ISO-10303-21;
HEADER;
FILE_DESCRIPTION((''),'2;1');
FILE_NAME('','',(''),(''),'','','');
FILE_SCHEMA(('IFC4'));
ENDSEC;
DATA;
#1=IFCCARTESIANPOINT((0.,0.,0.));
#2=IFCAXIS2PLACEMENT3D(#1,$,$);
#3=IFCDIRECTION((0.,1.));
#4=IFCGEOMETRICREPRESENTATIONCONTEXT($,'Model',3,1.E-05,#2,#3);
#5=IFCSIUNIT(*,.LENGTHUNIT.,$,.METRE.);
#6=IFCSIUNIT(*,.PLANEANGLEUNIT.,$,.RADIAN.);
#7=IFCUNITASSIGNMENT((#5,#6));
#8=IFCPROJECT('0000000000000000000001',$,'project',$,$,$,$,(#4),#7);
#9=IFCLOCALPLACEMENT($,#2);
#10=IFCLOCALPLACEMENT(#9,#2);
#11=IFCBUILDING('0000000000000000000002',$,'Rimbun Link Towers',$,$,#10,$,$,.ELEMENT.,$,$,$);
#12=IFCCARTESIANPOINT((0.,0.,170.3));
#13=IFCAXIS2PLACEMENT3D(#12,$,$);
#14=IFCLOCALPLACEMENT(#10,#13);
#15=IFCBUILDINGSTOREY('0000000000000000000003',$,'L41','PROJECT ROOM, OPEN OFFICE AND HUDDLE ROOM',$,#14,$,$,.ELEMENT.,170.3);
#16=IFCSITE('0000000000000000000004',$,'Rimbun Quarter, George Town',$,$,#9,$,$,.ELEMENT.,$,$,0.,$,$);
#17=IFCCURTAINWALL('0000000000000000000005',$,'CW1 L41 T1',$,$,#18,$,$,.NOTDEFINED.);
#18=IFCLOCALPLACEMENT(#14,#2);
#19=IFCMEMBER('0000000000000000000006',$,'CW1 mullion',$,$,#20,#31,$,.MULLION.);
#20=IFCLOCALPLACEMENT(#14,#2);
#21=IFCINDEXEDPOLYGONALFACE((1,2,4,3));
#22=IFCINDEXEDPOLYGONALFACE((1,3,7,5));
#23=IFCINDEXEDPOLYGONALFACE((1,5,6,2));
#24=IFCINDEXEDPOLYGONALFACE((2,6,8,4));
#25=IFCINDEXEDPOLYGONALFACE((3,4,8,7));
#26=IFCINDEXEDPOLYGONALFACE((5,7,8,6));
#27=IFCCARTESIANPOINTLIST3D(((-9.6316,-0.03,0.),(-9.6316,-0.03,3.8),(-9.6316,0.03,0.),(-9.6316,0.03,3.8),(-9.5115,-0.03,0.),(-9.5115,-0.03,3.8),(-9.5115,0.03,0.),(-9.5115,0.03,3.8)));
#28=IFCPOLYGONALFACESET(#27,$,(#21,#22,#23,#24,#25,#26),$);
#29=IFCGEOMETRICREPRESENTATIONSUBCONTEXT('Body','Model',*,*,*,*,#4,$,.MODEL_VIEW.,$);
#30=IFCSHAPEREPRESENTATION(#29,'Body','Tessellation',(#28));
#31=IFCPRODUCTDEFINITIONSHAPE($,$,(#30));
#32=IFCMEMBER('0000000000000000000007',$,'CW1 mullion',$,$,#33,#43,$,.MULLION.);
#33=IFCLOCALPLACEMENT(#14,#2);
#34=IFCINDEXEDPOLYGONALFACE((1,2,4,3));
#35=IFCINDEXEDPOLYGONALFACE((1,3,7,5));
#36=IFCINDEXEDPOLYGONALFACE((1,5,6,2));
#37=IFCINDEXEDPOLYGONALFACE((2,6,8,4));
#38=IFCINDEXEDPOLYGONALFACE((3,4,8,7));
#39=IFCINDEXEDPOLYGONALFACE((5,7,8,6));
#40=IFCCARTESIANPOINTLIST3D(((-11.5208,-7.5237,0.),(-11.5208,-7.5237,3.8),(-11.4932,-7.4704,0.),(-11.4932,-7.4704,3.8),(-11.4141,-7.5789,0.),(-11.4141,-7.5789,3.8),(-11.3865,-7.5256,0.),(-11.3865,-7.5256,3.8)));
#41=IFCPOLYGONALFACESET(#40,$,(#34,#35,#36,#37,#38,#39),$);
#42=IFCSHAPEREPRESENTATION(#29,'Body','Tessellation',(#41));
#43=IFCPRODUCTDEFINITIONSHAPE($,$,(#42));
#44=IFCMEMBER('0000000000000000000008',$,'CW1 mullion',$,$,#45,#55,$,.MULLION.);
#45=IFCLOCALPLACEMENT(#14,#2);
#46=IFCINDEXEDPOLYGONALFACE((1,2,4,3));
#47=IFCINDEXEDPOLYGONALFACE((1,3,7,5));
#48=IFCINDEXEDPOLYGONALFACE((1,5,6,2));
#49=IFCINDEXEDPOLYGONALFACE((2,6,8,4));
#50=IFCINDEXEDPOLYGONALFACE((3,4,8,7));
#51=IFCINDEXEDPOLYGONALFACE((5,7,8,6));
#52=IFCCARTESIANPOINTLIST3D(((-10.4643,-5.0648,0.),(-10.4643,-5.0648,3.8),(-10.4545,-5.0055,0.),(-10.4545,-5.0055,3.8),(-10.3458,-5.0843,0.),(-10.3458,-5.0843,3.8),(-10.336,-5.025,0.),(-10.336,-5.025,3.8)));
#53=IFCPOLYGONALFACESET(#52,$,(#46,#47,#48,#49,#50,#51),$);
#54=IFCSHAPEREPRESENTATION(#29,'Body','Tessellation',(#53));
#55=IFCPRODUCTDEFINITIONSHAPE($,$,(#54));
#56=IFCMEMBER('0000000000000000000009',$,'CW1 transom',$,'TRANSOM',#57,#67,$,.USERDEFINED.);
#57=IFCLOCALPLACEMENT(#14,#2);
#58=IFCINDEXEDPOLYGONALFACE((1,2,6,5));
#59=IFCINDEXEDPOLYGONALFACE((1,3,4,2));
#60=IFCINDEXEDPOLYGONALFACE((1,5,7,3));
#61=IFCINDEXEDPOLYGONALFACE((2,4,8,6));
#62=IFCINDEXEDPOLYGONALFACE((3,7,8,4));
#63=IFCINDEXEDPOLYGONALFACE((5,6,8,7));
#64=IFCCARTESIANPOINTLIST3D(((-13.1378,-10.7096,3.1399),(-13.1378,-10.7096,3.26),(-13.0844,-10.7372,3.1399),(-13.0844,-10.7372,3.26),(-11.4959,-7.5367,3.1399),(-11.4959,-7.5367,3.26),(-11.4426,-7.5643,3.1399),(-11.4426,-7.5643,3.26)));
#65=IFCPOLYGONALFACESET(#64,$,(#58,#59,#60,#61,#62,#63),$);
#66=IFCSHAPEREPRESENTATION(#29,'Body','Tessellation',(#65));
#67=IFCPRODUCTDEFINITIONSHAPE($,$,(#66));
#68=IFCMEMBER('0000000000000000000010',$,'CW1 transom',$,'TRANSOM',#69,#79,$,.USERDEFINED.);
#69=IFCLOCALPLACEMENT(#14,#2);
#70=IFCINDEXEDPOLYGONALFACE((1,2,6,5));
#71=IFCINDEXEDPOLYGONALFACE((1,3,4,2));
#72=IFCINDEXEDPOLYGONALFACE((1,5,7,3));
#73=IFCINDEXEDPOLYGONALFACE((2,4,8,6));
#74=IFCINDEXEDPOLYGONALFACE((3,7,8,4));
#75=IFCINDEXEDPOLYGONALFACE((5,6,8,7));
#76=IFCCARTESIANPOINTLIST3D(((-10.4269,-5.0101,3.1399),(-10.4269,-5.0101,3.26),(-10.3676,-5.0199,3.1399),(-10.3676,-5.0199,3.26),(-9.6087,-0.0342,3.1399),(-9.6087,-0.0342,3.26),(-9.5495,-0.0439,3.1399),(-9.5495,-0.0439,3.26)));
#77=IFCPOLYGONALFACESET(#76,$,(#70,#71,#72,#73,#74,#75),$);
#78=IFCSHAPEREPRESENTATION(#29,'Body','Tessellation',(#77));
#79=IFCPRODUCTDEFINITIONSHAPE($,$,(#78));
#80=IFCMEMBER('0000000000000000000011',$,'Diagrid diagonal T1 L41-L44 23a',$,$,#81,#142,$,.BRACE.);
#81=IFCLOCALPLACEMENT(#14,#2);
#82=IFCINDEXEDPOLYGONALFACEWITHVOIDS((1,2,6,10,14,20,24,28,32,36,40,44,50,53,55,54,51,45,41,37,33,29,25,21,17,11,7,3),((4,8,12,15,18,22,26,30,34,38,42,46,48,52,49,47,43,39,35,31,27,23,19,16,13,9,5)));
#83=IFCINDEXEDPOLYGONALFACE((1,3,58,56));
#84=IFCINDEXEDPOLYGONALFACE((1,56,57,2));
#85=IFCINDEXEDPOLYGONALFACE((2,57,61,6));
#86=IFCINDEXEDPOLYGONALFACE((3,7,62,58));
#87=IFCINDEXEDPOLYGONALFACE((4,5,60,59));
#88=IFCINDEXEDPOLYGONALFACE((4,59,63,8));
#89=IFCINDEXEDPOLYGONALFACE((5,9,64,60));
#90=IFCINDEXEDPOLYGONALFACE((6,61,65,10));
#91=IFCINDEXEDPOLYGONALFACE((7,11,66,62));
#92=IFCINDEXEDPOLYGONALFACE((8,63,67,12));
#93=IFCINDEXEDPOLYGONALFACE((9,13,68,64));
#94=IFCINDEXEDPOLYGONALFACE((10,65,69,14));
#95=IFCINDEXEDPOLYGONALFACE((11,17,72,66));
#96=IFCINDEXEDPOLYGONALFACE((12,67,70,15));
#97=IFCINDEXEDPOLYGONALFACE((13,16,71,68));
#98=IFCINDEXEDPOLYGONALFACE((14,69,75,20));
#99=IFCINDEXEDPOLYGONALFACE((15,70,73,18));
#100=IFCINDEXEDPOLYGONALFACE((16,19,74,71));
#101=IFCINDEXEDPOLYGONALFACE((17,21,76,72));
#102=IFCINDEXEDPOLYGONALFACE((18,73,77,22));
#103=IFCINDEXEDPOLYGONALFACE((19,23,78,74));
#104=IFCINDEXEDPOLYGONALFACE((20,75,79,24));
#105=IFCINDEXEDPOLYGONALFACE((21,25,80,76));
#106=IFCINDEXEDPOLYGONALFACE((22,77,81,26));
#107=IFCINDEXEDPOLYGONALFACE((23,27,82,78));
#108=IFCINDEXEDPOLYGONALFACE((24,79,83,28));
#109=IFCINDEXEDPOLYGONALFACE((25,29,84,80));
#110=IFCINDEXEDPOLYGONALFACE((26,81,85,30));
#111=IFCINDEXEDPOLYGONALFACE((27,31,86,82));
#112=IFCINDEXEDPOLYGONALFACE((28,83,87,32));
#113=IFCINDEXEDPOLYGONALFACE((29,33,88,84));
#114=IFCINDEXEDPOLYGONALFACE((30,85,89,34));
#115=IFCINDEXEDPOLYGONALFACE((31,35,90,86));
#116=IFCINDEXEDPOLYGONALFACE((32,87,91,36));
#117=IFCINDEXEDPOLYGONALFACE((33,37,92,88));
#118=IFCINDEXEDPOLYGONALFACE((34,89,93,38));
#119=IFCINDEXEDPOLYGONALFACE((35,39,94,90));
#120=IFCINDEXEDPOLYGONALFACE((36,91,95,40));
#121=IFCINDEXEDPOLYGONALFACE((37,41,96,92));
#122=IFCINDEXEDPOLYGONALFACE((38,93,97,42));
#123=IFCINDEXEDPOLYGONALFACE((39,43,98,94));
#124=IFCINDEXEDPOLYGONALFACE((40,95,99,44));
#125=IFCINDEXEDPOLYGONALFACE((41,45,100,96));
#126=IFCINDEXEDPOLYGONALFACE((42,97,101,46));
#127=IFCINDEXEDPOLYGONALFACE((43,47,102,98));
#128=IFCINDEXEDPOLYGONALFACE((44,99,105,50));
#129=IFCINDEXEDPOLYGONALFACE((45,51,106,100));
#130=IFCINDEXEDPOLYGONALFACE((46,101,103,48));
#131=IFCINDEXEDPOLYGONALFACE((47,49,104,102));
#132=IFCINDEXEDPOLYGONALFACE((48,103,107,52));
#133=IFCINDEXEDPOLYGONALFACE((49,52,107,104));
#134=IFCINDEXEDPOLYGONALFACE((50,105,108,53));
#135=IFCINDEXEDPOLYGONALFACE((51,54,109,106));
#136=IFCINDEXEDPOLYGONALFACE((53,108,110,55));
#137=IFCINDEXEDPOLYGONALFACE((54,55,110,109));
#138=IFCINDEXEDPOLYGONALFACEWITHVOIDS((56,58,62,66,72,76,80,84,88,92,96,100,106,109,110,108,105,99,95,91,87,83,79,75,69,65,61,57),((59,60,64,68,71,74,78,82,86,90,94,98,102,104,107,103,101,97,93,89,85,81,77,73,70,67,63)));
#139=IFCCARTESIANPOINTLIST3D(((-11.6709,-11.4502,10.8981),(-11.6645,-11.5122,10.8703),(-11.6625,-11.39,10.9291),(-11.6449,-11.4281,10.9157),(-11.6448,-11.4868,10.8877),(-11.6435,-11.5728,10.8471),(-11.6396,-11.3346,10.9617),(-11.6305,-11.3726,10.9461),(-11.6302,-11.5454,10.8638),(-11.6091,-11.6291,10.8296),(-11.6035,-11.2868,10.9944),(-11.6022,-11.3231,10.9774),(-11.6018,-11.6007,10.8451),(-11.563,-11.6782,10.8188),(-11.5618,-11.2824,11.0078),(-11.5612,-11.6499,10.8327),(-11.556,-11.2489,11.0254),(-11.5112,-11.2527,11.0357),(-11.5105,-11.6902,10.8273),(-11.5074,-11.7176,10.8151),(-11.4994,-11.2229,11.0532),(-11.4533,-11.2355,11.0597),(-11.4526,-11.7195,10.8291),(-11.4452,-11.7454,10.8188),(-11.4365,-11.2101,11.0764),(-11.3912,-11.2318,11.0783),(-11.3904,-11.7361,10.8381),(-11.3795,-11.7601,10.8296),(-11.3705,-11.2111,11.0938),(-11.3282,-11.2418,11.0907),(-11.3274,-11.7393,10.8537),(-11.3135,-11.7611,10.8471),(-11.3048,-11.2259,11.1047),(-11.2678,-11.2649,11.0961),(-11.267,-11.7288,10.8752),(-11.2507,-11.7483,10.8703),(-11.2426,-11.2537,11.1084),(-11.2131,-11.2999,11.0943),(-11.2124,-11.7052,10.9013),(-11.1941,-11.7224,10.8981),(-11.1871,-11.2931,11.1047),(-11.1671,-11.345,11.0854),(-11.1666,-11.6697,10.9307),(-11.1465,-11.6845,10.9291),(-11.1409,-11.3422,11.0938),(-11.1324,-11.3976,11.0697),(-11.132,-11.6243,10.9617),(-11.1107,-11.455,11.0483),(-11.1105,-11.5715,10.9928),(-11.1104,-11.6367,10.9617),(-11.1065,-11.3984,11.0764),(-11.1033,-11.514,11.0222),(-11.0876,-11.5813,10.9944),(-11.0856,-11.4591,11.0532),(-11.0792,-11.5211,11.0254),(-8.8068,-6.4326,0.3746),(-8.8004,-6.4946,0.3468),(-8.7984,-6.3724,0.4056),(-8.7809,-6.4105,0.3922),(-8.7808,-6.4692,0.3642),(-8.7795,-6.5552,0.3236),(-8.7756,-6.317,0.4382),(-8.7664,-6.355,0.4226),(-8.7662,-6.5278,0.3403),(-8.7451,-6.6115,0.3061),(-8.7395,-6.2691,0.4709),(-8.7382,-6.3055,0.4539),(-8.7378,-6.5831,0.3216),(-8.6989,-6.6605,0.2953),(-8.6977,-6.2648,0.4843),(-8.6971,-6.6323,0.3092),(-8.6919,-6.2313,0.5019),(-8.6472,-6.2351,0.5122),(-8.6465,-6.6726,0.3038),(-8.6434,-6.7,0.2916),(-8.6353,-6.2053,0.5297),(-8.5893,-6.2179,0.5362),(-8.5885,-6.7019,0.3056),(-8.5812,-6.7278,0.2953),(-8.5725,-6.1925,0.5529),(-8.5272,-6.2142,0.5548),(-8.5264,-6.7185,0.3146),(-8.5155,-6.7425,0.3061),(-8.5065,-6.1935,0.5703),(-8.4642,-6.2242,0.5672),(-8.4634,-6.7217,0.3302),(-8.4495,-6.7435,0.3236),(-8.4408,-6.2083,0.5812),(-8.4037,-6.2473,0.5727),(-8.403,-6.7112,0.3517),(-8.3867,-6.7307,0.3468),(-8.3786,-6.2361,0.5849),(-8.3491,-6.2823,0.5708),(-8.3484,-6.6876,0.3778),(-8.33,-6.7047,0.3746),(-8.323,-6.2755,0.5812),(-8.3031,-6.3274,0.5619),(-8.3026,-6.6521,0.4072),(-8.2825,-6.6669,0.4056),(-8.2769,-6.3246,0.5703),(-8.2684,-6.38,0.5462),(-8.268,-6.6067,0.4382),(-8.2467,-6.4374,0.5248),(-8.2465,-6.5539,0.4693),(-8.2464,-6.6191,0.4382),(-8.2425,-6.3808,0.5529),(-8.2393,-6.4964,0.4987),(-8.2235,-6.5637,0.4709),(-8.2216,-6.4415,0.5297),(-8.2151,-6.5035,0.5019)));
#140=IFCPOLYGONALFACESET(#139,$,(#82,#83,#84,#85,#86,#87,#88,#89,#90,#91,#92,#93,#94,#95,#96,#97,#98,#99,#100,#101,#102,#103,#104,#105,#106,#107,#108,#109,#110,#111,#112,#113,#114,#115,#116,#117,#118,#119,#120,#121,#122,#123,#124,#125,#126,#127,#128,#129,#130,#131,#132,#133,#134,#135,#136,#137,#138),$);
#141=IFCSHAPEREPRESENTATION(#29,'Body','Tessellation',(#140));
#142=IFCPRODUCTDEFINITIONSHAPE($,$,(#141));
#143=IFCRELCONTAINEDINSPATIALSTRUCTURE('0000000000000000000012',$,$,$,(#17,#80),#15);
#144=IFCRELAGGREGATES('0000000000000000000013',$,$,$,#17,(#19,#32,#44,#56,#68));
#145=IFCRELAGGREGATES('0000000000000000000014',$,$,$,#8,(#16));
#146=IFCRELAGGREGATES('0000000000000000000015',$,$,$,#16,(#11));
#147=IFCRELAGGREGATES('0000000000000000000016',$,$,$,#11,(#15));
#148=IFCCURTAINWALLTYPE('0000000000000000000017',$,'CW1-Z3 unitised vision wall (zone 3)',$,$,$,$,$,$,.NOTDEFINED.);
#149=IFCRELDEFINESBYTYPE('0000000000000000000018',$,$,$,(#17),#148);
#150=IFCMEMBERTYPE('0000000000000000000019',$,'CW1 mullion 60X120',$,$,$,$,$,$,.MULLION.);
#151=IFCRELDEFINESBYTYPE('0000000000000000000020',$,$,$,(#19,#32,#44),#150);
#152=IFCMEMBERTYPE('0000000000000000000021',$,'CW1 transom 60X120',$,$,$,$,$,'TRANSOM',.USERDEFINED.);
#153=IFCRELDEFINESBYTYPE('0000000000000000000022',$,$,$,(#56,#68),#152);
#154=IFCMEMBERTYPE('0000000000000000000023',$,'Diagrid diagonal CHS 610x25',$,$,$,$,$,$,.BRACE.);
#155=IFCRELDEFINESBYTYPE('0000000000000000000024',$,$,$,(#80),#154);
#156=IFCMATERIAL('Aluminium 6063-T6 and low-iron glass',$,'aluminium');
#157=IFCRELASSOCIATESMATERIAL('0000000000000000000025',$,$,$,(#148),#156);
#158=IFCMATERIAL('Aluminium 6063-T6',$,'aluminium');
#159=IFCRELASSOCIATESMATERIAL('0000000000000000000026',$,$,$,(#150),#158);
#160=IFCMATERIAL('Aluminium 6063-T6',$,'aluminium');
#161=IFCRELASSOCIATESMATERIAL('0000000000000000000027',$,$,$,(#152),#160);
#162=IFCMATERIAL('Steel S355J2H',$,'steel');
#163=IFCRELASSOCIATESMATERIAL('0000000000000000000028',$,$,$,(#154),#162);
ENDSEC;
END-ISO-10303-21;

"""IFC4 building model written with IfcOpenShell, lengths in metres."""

from ifc_helpers import new_model, si_unit, direction, frame, origin, origin_2d, place, context, subcontext, project, spatial, rectangle, hollow_circle, extrude, material, material_profile, profile_set, type_object, element, aggregate, save


model = new_model("IFC4")

# Units and contexts
model_context = context("Model", 3, precision=1e-05, world=origin(), true_north=direction((0.0, 1.0)))
body_context = subcontext(model_context, "Body", "Model", "MODEL_VIEW")
ifc_project = project(units=[si_unit("LENGTHUNIT", "METRE"), si_unit("PLANEANGLEUNIT", "RADIAN")], contexts=[model_context])

# Site, building, storey
site_placement = place(None, origin())
site = spatial("IfcSite", under=ifc_project, at=site_placement, Name="Rimbun Quarter, George Town", CompositionType="ELEMENT", RefElevation=0.0)
building_placement = place(site_placement, origin())
building = spatial("IfcBuilding", under=site, at=building_placement, Name="Rimbun Link Towers", CompositionType="ELEMENT")
storey_placement = place(building_placement, frame((0.0, 0.0, 170.3)))
storey = spatial("IfcBuildingStorey", under=building, at=storey_placement, Name="L41", Description="PROJECT ROOM, OPEN OFFICE AND HUDDLE ROOM", CompositionType="ELEMENT", Elevation=170.3)

# Curtain wall, members
ifc_material_1 = material(Name="Aluminium 6063-T6 and low-iron glass", Category="aluminium")
curtain_wall_type = type_object("IfcCurtainWallType", Name="CW1-Z3 unitised vision wall (zone 3)", PredefinedType="NOTDEFINED", material=ifc_material_1)
curtain_wall_placement = place(storey_placement, origin())
curtain_wall = element("IfcCurtainWall", 1, at=curtain_wall_placement, inside=storey, type_object=curtain_wall_type, Name="CW1 L41 T1", PredefinedType="NOTDEFINED")
ifc_material_2 = material(Name="Aluminium 6063-T6", Category="aluminium")
ifc_material_profile_1 = material_profile(ifc_material_2, rectangle(XDim=0.1201, YDim=0.0601, at=origin_2d()), Name="MULLION 60X120")
ifc_profile_set_1 = profile_set([ifc_material_profile_1], Name="Aluminium 6063-T6")
member_type_1 = type_object("IfcMemberType", Name="CW1 mullion 60X120", PredefinedType="MULLION", material=ifc_profile_set_1)
member_1_placement = place(storey_placement, frame((-9.5715, 0.0, 0.0), z_axis=(0.0, 0.0, 1.0), x_axis=(1.0, 0.0, 0.0)))
member_1 = element("IfcMember", 2, at=member_1_placement, type_object=member_type_1, Name="CW1 mullion", PredefinedType="MULLION", context=body_context, shape_type="SweptSolid", body=[
    extrude(rectangle(XDim=0.1201, YDim=0.0601, at=origin_2d()), origin(), (0.0, 0.0, 1.0), 3.8),
])
member_2_placement = place(storey_placement, frame((-11.4536, -7.5247, 0.0), z_axis=(0.0, 0.0, 1.0), x_axis=(0.888147, -0.459559, 0.0)))
member_2 = element("IfcMember", 3, at=member_2_placement, type_object=member_type_1, Name="CW1 mullion", PredefinedType="MULLION", context=body_context, shape_type="SweptSolid", body=[
    extrude(rectangle(XDim=0.1201, YDim=0.0601, at=origin_2d()), origin(), (0.0, 0.0, 1.0), 3.8),
])
member_3_placement = place(storey_placement, frame((-10.4001, -5.0449, 0.0), z_axis=(0.0, 0.0, 1.0), x_axis=(0.986749, -0.162253, 0.0)))
member_3 = element("IfcMember", 4, at=member_3_placement, type_object=member_type_1, Name="CW1 mullion", PredefinedType="MULLION", context=body_context, shape_type="SweptSolid", body=[
    extrude(rectangle(XDim=0.1201, YDim=0.0601, at=origin_2d()), origin(), (0.0, 0.0, 1.0), 3.8),
])
ifc_material_3 = material(Name="Aluminium 6063-T6", Category="aluminium")
ifc_material_profile_2 = material_profile(ifc_material_3, rectangle(XDim=0.0601, YDim=0.1201, at=origin_2d()), Name="TRANSOM 60X120")
ifc_profile_set_2 = profile_set([ifc_material_profile_2], Name="Aluminium 6063-T6")
member_type_2 = type_object("IfcMemberType", Name="CW1 transom 60X120", ElementType="TRANSOM", PredefinedType="USERDEFINED", material=ifc_profile_set_2)
member_4_placement = place(storey_placement, frame((-11.4692, -7.5505, 3.2), z_axis=(-0.459581, -0.888136, 0.0), x_axis=(0.888136, -0.459581, 0.0)))
member_4 = element("IfcMember", 5, at=member_4_placement, type_object=member_type_2, Name="CW1 transom", ObjectType="TRANSOM", PredefinedType="USERDEFINED", context=body_context, shape_type="SweptSolid", body=[
    extrude(rectangle(XDim=0.0601, YDim=0.1201, at=origin_2d()), origin(), (0.0, 0.0, 1.0), 3.5725),
])
member_5_placement = place(storey_placement, frame((-9.5791, -0.0391, 3.2), z_axis=(-0.16224, -0.986751, 0.0), x_axis=(0.986751, -0.16224, 0.0)))
member_5 = element("IfcMember", 6, at=member_5_placement, type_object=member_type_2, Name="CW1 transom", ObjectType="TRANSOM", PredefinedType="USERDEFINED", context=body_context, shape_type="SweptSolid", body=[
    extrude(rectangle(XDim=0.0601, YDim=0.1201, at=origin_2d()), origin(), (0.0, 0.0, 1.0), 5.0427),
])

# Member
ifc_material_4 = material(Name="Steel S355J2H", Category="steel")
ifc_material_profile_3 = material_profile(ifc_material_4, hollow_circle(Radius=0.3047, WallThickness=0.0249, at=origin_2d()), Name="Diagrid diagonal CHS 610x25")
ifc_profile_set_3 = profile_set([ifc_material_profile_3], Name="Steel S355J2H")
member_type_3 = type_object("IfcMemberType", Name="Diagrid diagonal CHS 610x25", PredefinedType="BRACE", material=ifc_profile_set_3)
member_6_placement = place(storey_placement, frame((-8.511, -6.468, 0.4382), z_axis=(-0.238567, -0.417955, 0.876584), x_axis=(0.86848, -0.495725, 0.0)))
element("IfcMember", 7, at=member_6_placement, inside=storey, type_object=member_type_3, Name="Diagrid diagonal T1 L41-L44 23a", PredefinedType="BRACE", context=body_context, shape_type="SweptSolid", body=[
    extrude(hollow_circle(Radius=0.3047, WallThickness=0.0249, at=origin_2d()), origin(), (0.0, 0.0, 1.0), 12.0051),
])

aggregate(curtain_wall, [member_1, member_2, member_3, member_4, member_5])

save(model, "model.ifc")
